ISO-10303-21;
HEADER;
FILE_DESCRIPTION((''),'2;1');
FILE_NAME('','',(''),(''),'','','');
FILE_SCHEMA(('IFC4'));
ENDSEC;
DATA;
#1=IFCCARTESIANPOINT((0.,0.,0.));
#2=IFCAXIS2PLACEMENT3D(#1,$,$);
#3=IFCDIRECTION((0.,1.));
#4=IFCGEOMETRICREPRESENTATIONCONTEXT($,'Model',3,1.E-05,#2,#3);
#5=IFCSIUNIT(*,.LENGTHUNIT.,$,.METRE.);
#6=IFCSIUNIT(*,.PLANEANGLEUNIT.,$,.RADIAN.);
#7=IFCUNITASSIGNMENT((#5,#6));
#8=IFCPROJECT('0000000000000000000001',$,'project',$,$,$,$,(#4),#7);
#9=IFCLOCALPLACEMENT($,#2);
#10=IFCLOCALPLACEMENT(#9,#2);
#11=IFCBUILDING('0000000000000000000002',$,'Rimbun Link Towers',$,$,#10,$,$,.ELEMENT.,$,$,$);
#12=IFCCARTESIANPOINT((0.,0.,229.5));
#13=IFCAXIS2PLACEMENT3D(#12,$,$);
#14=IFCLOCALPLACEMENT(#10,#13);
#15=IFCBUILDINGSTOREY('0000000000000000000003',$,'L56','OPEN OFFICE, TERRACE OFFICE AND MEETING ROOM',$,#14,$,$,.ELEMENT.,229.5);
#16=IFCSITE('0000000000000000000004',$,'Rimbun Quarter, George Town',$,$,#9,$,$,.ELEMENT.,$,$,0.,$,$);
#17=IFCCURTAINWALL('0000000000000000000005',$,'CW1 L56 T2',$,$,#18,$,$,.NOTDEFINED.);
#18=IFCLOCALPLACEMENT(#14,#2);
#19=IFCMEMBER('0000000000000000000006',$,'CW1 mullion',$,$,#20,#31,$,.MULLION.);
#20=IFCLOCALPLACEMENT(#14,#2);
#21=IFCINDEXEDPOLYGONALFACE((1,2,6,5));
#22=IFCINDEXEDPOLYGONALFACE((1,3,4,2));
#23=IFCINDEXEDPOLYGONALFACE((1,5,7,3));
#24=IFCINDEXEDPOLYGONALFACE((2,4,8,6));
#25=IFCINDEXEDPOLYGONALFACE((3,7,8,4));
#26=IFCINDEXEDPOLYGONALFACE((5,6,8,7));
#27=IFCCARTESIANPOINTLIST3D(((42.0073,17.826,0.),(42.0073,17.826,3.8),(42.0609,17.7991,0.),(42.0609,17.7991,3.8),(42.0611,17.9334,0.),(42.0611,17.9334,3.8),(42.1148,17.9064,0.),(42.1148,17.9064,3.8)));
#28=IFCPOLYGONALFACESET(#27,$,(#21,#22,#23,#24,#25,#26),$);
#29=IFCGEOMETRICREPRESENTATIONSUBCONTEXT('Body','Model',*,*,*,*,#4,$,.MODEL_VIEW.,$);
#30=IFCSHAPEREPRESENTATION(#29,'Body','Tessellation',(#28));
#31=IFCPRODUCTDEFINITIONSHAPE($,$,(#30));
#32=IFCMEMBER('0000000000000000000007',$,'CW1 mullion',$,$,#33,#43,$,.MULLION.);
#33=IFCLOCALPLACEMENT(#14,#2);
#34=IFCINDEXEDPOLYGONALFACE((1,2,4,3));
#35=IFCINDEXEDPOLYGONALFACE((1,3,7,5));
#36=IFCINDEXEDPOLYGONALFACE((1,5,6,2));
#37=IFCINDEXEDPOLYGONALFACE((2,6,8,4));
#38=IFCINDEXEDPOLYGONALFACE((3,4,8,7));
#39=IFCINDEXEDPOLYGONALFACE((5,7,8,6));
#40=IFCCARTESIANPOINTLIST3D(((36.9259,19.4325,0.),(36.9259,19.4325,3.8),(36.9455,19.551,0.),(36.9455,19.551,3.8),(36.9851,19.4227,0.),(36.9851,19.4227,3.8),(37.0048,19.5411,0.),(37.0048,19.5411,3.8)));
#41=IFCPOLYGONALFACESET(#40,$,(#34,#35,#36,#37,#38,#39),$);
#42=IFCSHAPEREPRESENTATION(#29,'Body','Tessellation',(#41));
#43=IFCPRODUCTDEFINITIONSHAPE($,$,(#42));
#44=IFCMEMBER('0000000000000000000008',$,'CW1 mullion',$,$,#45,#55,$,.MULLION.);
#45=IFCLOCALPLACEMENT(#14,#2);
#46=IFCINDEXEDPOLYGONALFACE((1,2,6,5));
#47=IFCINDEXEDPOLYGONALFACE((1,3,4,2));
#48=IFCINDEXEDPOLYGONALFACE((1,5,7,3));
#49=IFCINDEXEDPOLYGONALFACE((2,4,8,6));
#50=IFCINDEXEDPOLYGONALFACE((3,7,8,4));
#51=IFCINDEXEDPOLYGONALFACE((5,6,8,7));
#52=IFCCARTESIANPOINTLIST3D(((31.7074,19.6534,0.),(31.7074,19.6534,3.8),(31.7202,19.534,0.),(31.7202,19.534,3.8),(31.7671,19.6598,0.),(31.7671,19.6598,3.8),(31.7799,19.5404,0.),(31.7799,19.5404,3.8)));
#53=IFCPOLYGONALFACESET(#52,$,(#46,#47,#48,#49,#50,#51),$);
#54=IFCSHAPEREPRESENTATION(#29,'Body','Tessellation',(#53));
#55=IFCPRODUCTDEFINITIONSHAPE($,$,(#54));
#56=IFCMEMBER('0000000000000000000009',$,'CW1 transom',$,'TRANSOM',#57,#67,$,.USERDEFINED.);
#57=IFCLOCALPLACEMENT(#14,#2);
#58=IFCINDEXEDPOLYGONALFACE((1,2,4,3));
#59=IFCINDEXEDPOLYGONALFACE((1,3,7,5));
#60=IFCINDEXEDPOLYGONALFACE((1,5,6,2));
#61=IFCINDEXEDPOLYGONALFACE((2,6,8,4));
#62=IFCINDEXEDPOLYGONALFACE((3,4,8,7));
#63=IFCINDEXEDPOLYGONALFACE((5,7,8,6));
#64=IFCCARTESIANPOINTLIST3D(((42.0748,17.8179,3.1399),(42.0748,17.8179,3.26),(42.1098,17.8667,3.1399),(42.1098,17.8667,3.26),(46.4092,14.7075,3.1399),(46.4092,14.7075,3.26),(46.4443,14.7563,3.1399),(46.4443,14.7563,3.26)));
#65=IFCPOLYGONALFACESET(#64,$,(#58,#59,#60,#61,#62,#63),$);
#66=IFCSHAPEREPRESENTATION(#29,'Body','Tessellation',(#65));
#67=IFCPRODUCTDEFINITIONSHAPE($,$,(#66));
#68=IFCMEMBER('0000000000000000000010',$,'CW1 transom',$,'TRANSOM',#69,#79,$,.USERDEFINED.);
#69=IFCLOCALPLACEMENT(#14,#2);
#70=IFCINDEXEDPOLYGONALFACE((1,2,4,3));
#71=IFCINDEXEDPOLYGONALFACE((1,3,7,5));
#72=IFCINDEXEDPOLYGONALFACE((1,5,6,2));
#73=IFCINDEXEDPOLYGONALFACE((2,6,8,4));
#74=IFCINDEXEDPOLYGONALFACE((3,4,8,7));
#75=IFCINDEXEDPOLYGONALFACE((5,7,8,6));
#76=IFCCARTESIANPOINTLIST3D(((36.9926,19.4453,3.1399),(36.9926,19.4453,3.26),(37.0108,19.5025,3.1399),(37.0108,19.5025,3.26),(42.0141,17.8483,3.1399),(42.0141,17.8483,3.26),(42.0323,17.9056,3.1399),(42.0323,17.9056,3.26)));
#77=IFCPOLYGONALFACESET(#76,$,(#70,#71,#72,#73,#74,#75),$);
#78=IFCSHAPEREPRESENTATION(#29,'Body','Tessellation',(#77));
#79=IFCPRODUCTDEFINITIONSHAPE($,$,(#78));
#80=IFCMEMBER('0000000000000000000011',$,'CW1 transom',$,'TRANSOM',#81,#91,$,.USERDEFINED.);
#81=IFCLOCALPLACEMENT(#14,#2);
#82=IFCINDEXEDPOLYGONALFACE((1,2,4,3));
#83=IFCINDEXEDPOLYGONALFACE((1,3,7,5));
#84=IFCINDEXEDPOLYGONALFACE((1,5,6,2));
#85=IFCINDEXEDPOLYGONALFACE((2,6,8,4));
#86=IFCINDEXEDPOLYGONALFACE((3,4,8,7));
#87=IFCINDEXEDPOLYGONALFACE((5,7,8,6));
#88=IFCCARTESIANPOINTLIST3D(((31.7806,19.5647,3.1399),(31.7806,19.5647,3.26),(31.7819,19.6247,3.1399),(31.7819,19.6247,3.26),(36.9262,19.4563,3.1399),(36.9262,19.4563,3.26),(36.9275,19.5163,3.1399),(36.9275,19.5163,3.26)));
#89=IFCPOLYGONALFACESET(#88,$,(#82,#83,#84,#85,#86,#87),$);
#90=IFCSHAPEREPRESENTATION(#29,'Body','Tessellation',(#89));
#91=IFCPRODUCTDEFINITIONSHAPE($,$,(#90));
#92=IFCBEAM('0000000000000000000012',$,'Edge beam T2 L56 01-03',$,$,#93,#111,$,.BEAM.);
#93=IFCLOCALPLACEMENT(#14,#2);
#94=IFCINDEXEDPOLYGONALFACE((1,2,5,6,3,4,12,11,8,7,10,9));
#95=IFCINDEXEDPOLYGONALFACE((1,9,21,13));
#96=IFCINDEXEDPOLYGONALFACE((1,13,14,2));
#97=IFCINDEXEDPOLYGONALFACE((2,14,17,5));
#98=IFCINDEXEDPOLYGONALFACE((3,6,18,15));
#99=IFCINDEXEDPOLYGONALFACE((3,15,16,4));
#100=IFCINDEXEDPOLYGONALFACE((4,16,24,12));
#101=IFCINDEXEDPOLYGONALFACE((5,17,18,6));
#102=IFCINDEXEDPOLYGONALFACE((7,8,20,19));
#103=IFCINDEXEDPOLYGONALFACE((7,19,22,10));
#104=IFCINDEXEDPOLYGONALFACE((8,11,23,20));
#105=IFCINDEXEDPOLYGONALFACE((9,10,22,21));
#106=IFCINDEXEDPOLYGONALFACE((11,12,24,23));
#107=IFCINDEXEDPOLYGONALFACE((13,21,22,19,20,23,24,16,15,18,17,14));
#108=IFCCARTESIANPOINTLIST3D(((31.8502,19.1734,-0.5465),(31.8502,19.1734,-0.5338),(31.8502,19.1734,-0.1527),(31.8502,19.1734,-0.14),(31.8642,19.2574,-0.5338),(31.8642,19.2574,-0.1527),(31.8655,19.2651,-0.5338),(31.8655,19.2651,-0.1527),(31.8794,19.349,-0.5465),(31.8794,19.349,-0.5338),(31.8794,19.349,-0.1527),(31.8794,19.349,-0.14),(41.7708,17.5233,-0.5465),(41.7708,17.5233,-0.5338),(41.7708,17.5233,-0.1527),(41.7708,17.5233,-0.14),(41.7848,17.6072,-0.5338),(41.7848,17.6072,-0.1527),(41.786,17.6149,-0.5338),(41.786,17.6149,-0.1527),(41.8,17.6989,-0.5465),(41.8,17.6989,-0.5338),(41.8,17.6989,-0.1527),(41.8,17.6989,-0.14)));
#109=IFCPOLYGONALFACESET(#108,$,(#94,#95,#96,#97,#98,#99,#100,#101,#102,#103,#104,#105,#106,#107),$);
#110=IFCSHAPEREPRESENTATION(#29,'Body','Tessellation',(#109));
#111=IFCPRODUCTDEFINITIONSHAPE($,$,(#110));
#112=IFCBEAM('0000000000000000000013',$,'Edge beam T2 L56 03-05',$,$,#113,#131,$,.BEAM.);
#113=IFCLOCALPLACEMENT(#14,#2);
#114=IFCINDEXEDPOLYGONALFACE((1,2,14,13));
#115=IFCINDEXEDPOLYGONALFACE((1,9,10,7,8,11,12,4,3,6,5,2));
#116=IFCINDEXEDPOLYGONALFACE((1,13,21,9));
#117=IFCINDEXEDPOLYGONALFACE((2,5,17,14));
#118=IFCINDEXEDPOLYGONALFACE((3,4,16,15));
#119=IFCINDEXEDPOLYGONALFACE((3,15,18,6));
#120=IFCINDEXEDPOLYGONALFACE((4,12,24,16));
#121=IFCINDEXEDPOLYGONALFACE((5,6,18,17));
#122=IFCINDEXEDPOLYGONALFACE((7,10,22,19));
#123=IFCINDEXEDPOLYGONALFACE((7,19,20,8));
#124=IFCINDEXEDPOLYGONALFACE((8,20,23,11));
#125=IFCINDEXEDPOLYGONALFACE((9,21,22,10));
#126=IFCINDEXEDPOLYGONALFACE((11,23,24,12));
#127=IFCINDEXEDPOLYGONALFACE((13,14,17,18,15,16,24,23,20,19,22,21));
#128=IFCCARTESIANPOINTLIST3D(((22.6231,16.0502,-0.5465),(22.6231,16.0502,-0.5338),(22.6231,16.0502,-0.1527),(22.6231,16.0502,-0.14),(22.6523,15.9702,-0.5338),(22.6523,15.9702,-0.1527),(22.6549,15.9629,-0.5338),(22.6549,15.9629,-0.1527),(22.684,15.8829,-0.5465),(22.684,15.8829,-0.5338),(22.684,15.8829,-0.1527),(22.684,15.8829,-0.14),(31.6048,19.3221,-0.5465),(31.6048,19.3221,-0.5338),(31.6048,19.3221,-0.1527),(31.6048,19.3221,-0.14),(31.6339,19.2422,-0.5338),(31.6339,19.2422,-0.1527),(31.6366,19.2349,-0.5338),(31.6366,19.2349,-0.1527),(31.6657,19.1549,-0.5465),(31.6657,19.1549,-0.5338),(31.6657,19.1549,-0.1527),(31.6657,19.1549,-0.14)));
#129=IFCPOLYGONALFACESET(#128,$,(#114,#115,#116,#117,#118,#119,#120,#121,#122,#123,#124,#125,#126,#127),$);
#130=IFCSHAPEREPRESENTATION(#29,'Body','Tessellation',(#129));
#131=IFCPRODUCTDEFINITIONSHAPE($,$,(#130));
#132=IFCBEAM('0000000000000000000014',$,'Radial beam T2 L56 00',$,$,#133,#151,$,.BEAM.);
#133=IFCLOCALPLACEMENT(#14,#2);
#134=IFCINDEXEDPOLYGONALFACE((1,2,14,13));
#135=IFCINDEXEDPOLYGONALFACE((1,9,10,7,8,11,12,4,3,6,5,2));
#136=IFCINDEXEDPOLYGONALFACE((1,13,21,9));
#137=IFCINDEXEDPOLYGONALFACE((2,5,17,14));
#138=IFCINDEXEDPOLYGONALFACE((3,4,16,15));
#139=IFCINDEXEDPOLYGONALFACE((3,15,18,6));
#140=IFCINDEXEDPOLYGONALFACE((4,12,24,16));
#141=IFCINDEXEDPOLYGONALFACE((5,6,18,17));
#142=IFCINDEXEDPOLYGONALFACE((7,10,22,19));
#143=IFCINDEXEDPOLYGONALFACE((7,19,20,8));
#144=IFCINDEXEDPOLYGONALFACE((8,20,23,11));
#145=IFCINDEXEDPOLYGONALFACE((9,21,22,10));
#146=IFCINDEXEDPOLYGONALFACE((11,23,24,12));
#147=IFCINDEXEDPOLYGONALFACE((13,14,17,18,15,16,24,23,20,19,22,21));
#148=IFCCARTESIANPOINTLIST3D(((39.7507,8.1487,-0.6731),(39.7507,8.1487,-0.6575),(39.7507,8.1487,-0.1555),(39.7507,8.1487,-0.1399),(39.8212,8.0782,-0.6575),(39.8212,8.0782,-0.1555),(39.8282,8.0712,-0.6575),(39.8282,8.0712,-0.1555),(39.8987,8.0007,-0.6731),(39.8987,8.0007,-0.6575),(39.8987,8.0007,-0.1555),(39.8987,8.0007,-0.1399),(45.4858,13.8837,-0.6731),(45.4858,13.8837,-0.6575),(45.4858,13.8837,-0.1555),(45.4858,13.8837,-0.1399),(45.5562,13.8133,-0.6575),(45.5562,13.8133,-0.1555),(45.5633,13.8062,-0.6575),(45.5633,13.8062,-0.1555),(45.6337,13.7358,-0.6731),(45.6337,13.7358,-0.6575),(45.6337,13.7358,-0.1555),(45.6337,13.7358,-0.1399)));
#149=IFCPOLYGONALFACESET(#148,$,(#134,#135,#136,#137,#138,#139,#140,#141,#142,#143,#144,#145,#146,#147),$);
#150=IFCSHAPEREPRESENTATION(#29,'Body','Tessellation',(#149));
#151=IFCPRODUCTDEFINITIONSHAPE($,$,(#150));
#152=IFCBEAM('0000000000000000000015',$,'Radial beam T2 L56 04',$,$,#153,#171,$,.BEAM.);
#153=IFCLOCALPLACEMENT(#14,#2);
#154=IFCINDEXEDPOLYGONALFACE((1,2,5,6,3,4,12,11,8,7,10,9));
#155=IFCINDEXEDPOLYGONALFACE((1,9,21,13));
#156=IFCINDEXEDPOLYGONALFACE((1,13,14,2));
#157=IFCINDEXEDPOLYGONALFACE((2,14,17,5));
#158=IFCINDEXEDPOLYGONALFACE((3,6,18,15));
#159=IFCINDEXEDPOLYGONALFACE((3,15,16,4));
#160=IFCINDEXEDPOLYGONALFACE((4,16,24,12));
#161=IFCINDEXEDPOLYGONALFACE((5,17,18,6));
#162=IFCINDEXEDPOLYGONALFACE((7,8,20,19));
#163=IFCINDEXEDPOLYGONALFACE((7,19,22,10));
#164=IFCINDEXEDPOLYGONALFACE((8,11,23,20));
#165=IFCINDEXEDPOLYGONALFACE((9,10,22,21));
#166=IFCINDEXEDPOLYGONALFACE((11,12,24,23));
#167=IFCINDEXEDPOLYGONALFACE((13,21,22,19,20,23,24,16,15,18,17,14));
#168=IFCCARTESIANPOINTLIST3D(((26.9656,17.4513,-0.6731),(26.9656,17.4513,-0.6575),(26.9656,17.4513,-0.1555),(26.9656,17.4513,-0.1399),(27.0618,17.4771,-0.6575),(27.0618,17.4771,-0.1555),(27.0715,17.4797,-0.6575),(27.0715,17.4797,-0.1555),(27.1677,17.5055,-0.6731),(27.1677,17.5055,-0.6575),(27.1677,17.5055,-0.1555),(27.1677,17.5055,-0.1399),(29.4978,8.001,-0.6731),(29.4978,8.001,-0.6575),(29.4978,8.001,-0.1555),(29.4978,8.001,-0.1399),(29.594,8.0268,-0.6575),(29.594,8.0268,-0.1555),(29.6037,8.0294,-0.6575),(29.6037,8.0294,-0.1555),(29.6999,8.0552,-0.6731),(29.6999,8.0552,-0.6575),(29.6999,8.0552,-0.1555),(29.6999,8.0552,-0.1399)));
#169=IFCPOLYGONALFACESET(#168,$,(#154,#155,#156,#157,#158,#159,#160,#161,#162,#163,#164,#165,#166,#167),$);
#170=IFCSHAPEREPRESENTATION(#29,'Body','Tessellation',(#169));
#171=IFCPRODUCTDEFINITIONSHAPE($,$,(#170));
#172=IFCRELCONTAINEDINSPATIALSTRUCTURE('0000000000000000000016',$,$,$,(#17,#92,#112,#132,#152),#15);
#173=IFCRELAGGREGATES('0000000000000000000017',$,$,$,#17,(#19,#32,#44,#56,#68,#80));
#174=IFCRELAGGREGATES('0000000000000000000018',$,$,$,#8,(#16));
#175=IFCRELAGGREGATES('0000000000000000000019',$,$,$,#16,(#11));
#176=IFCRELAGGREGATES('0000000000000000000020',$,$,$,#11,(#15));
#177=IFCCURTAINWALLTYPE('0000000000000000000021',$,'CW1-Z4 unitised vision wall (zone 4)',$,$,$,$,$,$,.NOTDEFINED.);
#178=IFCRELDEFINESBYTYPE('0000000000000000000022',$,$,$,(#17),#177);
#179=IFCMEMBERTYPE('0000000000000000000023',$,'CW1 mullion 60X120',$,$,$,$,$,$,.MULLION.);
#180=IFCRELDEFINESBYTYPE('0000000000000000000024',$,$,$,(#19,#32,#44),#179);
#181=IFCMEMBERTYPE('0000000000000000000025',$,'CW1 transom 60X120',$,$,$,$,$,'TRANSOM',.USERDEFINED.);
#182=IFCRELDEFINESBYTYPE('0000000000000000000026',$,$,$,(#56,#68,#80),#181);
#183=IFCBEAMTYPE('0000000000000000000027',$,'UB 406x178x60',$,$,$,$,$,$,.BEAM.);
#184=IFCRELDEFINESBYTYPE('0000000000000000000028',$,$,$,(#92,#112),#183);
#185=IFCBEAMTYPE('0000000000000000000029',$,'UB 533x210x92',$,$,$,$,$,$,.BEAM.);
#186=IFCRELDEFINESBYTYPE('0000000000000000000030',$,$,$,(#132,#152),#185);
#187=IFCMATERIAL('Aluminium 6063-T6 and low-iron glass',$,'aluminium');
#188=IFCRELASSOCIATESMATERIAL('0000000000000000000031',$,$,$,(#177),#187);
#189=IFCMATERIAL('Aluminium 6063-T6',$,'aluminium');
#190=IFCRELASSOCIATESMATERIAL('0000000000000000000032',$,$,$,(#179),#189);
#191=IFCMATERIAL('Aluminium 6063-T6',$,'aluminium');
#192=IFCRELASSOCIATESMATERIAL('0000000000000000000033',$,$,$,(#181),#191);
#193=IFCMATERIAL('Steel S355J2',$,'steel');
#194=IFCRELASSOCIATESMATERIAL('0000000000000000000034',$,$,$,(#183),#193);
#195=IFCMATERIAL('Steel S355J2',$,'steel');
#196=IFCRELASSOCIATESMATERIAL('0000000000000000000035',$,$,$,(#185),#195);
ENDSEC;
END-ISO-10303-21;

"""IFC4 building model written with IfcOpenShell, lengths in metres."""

from ifc_helpers import new_model, si_unit, direction, frame, origin, origin_2d, place, context, subcontext, project, spatial, rectangle, i_section, extrude, material, material_profile, profile_set, type_object, element, aggregate, save


model = new_model("IFC4")

# Units and contexts
model_context = context("Model", 3, precision=1e-05, world=origin(), true_north=direction((0.0, 1.0)))
body_context = subcontext(model_context, "Body", "Model", "MODEL_VIEW")
ifc_project = project(units=[si_unit("LENGTHUNIT", "METRE"), si_unit("PLANEANGLEUNIT", "RADIAN")], contexts=[model_context])

# Site, building, storey
site_placement = place(None, origin())
site = spatial("IfcSite", under=ifc_project, at=site_placement, Name="Rimbun Quarter, George Town", CompositionType="ELEMENT", RefElevation=0.0)
building_placement = place(site_placement, origin())
building = spatial("IfcBuilding", under=site, at=building_placement, Name="Rimbun Link Towers", CompositionType="ELEMENT")
storey_placement = place(building_placement, frame((0.0, 0.0, 229.5)))
storey = spatial("IfcBuildingStorey", under=building, at=storey_placement, Name="L56", Description="OPEN OFFICE, TERRACE OFFICE AND MEETING ROOM", CompositionType="ELEMENT", Elevation=229.5)

# Curtain wall, members
ifc_material_1 = material(Name="Aluminium 6063-T6 and low-iron glass", Category="aluminium")
curtain_wall_type = type_object("IfcCurtainWallType", Name="CW1-Z4 unitised vision wall (zone 4)", PredefinedType="NOTDEFINED", material=ifc_material_1)
curtain_wall_placement = place(storey_placement, origin())
curtain_wall = element("IfcCurtainWall", 1, at=curtain_wall_placement, inside=storey, type_object=curtain_wall_type, Name="CW1 L56 T2", PredefinedType="NOTDEFINED")
ifc_material_2 = material(Name="Aluminium 6063-T6", Category="aluminium")
ifc_material_profile_1 = material_profile(ifc_material_2, rectangle(XDim=0.1201, YDim=0.0601, at=origin_2d()), Name="MULLION 60X120")
ifc_profile_set_1 = profile_set([ifc_material_profile_1], Name="Aluminium 6063-T6")
member_type_1 = type_object("IfcMemberType", Name="CW1 mullion 60X120", PredefinedType="MULLION", material=ifc_profile_set_1)
member_1_placement = place(storey_placement, frame((42.061, 17.8662, 0.0), z_axis=(0.0, 0.0, 1.0), x_axis=(0.448567, 0.893749, 0.0)))
member_1 = element("IfcMember", 2, at=member_1_placement, type_object=member_type_1, Name="CW1 mullion", PredefinedType="MULLION", context=body_context, shape_type="SweptSolid", body=[
    extrude(rectangle(XDim=0.1201, YDim=0.0601, at=origin_2d()), origin(), (0.0, 0.0, 1.0), 3.8),
])
member_2_placement = place(storey_placement, frame((36.9653, 19.4868, 0.0), z_axis=(0.0, 0.0, 1.0), x_axis=(0.163742, 0.986503, 0.0)))
member_2 = element("IfcMember", 3, at=member_2_placement, type_object=member_type_1, Name="CW1 mullion", PredefinedType="MULLION", context=body_context, shape_type="SweptSolid", body=[
    extrude(rectangle(XDim=0.1201, YDim=0.0601, at=origin_2d()), origin(), (0.0, 0.0, 1.0), 3.8),
])
member_3_placement = place(storey_placement, frame((31.7437, 19.5969, 0.0), z_axis=(0.0, 0.0, 1.0), x_axis=(-0.106637, 0.994298, 0.0)))
member_3 = element("IfcMember", 4, at=member_3_placement, type_object=member_type_1, Name="CW1 mullion", PredefinedType="MULLION", context=body_context, shape_type="SweptSolid", body=[
    extrude(rectangle(XDim=0.1201, YDim=0.0601, at=origin_2d()), origin(), (0.0, 0.0, 1.0), 3.8),
])
ifc_material_3 = material(Name="Aluminium 6063-T6", Category="aluminium")
ifc_material_profile_2 = material_profile(ifc_material_3, rectangle(XDim=0.0601, YDim=0.1201, at=origin_2d()), Name="TRANSOM 60X120")
ifc_profile_set_2 = profile_set([ifc_material_profile_2], Name="Aluminium 6063-T6")
member_type_2 = type_object("IfcMemberType", Name="CW1 transom 60X120", ElementType="TRANSOM", PredefinedType="USERDEFINED", material=ifc_profile_set_2)
member_4_placement = place(storey_placement, frame((42.0923, 17.8423, 3.2), z_axis=(0.812464, -0.583012, 0.0), x_axis=(0.583012, 0.812464, 0.0)))
member_4 = element("IfcMember", 5, at=member_4_placement, type_object=member_type_2, Name="CW1 transom", ObjectType="TRANSOM", PredefinedType="USERDEFINED", context=body_context, shape_type="SweptSolid", body=[
    extrude(rectangle(XDim=0.0601, YDim=0.1201, at=origin_2d()), origin(), (0.0, 0.0, 1.0), 5.335),
])
member_5_placement = place(storey_placement, frame((37.0017, 19.4739, 3.2), z_axis=(0.952971, -0.303062, 0.0), x_axis=(0.303062, 0.952971, 0.0)))
member_5 = element("IfcMember", 6, at=member_5_placement, type_object=member_type_2, Name="CW1 transom", ObjectType="TRANSOM", PredefinedType="USERDEFINED", context=body_context, shape_type="SweptSolid", body=[
    extrude(rectangle(XDim=0.0601, YDim=0.1201, at=origin_2d()), origin(), (0.0, 0.0, 1.0), 5.2693),
])
member_6_placement = place(storey_placement, frame((31.7812, 19.5947, 3.2), z_axis=(0.999778, -0.021062, 0.0), x_axis=(0.021062, 0.999778, 0.0)))
member_6 = element("IfcMember", 7, at=member_6_placement, type_object=member_type_2, Name="CW1 transom", ObjectType="TRANSOM", PredefinedType="USERDEFINED", context=body_context, shape_type="SweptSolid", body=[
    extrude(rectangle(XDim=0.0601, YDim=0.1201, at=origin_2d()), origin(), (0.0, 0.0, 1.0), 5.1467),
])

# Beams
ifc_material_4 = material(Name="Steel S355J2", Category="steel")
ifc_material_profile_3 = material_profile(ifc_material_4, i_section(OverallWidth=0.178, OverallDepth=0.4065, WebThickness=0.0078, FlangeThickness=0.0127, at=origin_2d()), Name="UB 406x178x60")
ifc_profile_set_3 = profile_set([ifc_material_profile_3], Name="Steel S355J2")
beam_type_1 = type_object("IfcBeamType", Name="UB 406x178x60", PredefinedType="BEAM", material=ifc_profile_set_3)
beam_1_placement = place(storey_placement, frame((41.7854, 17.6111, -0.3433), z_axis=(-0.986447, 0.16408, 0.0), x_axis=(-0.16408, -0.986447, 0.0)))
element("IfcBeam", 8, at=beam_1_placement, inside=storey, type_object=beam_type_1, Name="Edge beam T2 L56 01-03", PredefinedType="BEAM", context=body_context, shape_type="SweptSolid", body=[
    extrude(i_section(OverallWidth=0.178, OverallDepth=0.4065, WebThickness=0.0078, FlangeThickness=0.0127, at=origin_2d()), origin(), (0.0, 0.0, 1.0), 10.0569),
])
beam_2_placement = place(storey_placement, frame((31.6353, 19.2385, -0.3433), z_axis=(-0.939595, -0.342288, 0.0), x_axis=(0.342288, -0.939595, 0.0)))
element("IfcBeam", 9, at=beam_2_placement, inside=storey, type_object=beam_type_1, Name="Edge beam T2 L56 03-05", PredefinedType="BEAM", context=body_context, shape_type="SweptSolid", body=[
    extrude(i_section(OverallWidth=0.178, OverallDepth=0.4065, WebThickness=0.0078, FlangeThickness=0.0127, at=origin_2d()), origin(), (0.0, 0.0, 1.0), 9.5591),
])
ifc_material_5 = material(Name="Steel S355J2", Category="steel")
ifc_material_profile_4 = material_profile(ifc_material_5, i_section(OverallWidth=0.2092, OverallDepth=0.5332, WebThickness=0.01, FlangeThickness=0.0156, at=origin_2d()), Name="UB 533x210x92")
ifc_profile_set_4 = profile_set([ifc_material_profile_4], Name="Steel S355J2")
beam_type_2 = type_object("IfcBeamType", Name="UB 533x210x92", PredefinedType="BEAM", material=ifc_profile_set_4)
beam_3_placement = place(storey_placement, frame((39.8247, 8.0747, -0.4065), z_axis=(0.707107, 0.707107, 0.0), x_axis=(-0.707107, 0.707107, 0.0)))
element("IfcBeam", 10, at=beam_3_placement, inside=storey, type_object=beam_type_2, Name="Radial beam T2 L56 00", PredefinedType="BEAM", context=body_context, shape_type="SweptSolid", body=[
    extrude(i_section(OverallWidth=0.2092, OverallDepth=0.5332, WebThickness=0.01, FlangeThickness=0.0156, at=origin_2d()), origin(), (0.0, 0.0, 1.0), 8.1106),
])
beam_4_placement = place(storey_placement, frame((29.5989, 8.0281, -0.4065), z_axis=(-0.258818, 0.965926, 0.0), x_axis=(-0.965926, -0.258818, 0.0)))
element("IfcBeam", 11, at=beam_4_placement, inside=storey, type_object=beam_type_2, Name="Radial beam T2 L56 04", PredefinedType="BEAM", context=body_context, shape_type="SweptSolid", body=[
    extrude(i_section(OverallWidth=0.2092, OverallDepth=0.5332, WebThickness=0.01, FlangeThickness=0.0156, at=origin_2d()), origin(), (0.0, 0.0, 1.0), 9.7837),
])

aggregate(curtain_wall, [member_1, member_2, member_3, member_4, member_5, member_6])

save(model, "model.ifc")
